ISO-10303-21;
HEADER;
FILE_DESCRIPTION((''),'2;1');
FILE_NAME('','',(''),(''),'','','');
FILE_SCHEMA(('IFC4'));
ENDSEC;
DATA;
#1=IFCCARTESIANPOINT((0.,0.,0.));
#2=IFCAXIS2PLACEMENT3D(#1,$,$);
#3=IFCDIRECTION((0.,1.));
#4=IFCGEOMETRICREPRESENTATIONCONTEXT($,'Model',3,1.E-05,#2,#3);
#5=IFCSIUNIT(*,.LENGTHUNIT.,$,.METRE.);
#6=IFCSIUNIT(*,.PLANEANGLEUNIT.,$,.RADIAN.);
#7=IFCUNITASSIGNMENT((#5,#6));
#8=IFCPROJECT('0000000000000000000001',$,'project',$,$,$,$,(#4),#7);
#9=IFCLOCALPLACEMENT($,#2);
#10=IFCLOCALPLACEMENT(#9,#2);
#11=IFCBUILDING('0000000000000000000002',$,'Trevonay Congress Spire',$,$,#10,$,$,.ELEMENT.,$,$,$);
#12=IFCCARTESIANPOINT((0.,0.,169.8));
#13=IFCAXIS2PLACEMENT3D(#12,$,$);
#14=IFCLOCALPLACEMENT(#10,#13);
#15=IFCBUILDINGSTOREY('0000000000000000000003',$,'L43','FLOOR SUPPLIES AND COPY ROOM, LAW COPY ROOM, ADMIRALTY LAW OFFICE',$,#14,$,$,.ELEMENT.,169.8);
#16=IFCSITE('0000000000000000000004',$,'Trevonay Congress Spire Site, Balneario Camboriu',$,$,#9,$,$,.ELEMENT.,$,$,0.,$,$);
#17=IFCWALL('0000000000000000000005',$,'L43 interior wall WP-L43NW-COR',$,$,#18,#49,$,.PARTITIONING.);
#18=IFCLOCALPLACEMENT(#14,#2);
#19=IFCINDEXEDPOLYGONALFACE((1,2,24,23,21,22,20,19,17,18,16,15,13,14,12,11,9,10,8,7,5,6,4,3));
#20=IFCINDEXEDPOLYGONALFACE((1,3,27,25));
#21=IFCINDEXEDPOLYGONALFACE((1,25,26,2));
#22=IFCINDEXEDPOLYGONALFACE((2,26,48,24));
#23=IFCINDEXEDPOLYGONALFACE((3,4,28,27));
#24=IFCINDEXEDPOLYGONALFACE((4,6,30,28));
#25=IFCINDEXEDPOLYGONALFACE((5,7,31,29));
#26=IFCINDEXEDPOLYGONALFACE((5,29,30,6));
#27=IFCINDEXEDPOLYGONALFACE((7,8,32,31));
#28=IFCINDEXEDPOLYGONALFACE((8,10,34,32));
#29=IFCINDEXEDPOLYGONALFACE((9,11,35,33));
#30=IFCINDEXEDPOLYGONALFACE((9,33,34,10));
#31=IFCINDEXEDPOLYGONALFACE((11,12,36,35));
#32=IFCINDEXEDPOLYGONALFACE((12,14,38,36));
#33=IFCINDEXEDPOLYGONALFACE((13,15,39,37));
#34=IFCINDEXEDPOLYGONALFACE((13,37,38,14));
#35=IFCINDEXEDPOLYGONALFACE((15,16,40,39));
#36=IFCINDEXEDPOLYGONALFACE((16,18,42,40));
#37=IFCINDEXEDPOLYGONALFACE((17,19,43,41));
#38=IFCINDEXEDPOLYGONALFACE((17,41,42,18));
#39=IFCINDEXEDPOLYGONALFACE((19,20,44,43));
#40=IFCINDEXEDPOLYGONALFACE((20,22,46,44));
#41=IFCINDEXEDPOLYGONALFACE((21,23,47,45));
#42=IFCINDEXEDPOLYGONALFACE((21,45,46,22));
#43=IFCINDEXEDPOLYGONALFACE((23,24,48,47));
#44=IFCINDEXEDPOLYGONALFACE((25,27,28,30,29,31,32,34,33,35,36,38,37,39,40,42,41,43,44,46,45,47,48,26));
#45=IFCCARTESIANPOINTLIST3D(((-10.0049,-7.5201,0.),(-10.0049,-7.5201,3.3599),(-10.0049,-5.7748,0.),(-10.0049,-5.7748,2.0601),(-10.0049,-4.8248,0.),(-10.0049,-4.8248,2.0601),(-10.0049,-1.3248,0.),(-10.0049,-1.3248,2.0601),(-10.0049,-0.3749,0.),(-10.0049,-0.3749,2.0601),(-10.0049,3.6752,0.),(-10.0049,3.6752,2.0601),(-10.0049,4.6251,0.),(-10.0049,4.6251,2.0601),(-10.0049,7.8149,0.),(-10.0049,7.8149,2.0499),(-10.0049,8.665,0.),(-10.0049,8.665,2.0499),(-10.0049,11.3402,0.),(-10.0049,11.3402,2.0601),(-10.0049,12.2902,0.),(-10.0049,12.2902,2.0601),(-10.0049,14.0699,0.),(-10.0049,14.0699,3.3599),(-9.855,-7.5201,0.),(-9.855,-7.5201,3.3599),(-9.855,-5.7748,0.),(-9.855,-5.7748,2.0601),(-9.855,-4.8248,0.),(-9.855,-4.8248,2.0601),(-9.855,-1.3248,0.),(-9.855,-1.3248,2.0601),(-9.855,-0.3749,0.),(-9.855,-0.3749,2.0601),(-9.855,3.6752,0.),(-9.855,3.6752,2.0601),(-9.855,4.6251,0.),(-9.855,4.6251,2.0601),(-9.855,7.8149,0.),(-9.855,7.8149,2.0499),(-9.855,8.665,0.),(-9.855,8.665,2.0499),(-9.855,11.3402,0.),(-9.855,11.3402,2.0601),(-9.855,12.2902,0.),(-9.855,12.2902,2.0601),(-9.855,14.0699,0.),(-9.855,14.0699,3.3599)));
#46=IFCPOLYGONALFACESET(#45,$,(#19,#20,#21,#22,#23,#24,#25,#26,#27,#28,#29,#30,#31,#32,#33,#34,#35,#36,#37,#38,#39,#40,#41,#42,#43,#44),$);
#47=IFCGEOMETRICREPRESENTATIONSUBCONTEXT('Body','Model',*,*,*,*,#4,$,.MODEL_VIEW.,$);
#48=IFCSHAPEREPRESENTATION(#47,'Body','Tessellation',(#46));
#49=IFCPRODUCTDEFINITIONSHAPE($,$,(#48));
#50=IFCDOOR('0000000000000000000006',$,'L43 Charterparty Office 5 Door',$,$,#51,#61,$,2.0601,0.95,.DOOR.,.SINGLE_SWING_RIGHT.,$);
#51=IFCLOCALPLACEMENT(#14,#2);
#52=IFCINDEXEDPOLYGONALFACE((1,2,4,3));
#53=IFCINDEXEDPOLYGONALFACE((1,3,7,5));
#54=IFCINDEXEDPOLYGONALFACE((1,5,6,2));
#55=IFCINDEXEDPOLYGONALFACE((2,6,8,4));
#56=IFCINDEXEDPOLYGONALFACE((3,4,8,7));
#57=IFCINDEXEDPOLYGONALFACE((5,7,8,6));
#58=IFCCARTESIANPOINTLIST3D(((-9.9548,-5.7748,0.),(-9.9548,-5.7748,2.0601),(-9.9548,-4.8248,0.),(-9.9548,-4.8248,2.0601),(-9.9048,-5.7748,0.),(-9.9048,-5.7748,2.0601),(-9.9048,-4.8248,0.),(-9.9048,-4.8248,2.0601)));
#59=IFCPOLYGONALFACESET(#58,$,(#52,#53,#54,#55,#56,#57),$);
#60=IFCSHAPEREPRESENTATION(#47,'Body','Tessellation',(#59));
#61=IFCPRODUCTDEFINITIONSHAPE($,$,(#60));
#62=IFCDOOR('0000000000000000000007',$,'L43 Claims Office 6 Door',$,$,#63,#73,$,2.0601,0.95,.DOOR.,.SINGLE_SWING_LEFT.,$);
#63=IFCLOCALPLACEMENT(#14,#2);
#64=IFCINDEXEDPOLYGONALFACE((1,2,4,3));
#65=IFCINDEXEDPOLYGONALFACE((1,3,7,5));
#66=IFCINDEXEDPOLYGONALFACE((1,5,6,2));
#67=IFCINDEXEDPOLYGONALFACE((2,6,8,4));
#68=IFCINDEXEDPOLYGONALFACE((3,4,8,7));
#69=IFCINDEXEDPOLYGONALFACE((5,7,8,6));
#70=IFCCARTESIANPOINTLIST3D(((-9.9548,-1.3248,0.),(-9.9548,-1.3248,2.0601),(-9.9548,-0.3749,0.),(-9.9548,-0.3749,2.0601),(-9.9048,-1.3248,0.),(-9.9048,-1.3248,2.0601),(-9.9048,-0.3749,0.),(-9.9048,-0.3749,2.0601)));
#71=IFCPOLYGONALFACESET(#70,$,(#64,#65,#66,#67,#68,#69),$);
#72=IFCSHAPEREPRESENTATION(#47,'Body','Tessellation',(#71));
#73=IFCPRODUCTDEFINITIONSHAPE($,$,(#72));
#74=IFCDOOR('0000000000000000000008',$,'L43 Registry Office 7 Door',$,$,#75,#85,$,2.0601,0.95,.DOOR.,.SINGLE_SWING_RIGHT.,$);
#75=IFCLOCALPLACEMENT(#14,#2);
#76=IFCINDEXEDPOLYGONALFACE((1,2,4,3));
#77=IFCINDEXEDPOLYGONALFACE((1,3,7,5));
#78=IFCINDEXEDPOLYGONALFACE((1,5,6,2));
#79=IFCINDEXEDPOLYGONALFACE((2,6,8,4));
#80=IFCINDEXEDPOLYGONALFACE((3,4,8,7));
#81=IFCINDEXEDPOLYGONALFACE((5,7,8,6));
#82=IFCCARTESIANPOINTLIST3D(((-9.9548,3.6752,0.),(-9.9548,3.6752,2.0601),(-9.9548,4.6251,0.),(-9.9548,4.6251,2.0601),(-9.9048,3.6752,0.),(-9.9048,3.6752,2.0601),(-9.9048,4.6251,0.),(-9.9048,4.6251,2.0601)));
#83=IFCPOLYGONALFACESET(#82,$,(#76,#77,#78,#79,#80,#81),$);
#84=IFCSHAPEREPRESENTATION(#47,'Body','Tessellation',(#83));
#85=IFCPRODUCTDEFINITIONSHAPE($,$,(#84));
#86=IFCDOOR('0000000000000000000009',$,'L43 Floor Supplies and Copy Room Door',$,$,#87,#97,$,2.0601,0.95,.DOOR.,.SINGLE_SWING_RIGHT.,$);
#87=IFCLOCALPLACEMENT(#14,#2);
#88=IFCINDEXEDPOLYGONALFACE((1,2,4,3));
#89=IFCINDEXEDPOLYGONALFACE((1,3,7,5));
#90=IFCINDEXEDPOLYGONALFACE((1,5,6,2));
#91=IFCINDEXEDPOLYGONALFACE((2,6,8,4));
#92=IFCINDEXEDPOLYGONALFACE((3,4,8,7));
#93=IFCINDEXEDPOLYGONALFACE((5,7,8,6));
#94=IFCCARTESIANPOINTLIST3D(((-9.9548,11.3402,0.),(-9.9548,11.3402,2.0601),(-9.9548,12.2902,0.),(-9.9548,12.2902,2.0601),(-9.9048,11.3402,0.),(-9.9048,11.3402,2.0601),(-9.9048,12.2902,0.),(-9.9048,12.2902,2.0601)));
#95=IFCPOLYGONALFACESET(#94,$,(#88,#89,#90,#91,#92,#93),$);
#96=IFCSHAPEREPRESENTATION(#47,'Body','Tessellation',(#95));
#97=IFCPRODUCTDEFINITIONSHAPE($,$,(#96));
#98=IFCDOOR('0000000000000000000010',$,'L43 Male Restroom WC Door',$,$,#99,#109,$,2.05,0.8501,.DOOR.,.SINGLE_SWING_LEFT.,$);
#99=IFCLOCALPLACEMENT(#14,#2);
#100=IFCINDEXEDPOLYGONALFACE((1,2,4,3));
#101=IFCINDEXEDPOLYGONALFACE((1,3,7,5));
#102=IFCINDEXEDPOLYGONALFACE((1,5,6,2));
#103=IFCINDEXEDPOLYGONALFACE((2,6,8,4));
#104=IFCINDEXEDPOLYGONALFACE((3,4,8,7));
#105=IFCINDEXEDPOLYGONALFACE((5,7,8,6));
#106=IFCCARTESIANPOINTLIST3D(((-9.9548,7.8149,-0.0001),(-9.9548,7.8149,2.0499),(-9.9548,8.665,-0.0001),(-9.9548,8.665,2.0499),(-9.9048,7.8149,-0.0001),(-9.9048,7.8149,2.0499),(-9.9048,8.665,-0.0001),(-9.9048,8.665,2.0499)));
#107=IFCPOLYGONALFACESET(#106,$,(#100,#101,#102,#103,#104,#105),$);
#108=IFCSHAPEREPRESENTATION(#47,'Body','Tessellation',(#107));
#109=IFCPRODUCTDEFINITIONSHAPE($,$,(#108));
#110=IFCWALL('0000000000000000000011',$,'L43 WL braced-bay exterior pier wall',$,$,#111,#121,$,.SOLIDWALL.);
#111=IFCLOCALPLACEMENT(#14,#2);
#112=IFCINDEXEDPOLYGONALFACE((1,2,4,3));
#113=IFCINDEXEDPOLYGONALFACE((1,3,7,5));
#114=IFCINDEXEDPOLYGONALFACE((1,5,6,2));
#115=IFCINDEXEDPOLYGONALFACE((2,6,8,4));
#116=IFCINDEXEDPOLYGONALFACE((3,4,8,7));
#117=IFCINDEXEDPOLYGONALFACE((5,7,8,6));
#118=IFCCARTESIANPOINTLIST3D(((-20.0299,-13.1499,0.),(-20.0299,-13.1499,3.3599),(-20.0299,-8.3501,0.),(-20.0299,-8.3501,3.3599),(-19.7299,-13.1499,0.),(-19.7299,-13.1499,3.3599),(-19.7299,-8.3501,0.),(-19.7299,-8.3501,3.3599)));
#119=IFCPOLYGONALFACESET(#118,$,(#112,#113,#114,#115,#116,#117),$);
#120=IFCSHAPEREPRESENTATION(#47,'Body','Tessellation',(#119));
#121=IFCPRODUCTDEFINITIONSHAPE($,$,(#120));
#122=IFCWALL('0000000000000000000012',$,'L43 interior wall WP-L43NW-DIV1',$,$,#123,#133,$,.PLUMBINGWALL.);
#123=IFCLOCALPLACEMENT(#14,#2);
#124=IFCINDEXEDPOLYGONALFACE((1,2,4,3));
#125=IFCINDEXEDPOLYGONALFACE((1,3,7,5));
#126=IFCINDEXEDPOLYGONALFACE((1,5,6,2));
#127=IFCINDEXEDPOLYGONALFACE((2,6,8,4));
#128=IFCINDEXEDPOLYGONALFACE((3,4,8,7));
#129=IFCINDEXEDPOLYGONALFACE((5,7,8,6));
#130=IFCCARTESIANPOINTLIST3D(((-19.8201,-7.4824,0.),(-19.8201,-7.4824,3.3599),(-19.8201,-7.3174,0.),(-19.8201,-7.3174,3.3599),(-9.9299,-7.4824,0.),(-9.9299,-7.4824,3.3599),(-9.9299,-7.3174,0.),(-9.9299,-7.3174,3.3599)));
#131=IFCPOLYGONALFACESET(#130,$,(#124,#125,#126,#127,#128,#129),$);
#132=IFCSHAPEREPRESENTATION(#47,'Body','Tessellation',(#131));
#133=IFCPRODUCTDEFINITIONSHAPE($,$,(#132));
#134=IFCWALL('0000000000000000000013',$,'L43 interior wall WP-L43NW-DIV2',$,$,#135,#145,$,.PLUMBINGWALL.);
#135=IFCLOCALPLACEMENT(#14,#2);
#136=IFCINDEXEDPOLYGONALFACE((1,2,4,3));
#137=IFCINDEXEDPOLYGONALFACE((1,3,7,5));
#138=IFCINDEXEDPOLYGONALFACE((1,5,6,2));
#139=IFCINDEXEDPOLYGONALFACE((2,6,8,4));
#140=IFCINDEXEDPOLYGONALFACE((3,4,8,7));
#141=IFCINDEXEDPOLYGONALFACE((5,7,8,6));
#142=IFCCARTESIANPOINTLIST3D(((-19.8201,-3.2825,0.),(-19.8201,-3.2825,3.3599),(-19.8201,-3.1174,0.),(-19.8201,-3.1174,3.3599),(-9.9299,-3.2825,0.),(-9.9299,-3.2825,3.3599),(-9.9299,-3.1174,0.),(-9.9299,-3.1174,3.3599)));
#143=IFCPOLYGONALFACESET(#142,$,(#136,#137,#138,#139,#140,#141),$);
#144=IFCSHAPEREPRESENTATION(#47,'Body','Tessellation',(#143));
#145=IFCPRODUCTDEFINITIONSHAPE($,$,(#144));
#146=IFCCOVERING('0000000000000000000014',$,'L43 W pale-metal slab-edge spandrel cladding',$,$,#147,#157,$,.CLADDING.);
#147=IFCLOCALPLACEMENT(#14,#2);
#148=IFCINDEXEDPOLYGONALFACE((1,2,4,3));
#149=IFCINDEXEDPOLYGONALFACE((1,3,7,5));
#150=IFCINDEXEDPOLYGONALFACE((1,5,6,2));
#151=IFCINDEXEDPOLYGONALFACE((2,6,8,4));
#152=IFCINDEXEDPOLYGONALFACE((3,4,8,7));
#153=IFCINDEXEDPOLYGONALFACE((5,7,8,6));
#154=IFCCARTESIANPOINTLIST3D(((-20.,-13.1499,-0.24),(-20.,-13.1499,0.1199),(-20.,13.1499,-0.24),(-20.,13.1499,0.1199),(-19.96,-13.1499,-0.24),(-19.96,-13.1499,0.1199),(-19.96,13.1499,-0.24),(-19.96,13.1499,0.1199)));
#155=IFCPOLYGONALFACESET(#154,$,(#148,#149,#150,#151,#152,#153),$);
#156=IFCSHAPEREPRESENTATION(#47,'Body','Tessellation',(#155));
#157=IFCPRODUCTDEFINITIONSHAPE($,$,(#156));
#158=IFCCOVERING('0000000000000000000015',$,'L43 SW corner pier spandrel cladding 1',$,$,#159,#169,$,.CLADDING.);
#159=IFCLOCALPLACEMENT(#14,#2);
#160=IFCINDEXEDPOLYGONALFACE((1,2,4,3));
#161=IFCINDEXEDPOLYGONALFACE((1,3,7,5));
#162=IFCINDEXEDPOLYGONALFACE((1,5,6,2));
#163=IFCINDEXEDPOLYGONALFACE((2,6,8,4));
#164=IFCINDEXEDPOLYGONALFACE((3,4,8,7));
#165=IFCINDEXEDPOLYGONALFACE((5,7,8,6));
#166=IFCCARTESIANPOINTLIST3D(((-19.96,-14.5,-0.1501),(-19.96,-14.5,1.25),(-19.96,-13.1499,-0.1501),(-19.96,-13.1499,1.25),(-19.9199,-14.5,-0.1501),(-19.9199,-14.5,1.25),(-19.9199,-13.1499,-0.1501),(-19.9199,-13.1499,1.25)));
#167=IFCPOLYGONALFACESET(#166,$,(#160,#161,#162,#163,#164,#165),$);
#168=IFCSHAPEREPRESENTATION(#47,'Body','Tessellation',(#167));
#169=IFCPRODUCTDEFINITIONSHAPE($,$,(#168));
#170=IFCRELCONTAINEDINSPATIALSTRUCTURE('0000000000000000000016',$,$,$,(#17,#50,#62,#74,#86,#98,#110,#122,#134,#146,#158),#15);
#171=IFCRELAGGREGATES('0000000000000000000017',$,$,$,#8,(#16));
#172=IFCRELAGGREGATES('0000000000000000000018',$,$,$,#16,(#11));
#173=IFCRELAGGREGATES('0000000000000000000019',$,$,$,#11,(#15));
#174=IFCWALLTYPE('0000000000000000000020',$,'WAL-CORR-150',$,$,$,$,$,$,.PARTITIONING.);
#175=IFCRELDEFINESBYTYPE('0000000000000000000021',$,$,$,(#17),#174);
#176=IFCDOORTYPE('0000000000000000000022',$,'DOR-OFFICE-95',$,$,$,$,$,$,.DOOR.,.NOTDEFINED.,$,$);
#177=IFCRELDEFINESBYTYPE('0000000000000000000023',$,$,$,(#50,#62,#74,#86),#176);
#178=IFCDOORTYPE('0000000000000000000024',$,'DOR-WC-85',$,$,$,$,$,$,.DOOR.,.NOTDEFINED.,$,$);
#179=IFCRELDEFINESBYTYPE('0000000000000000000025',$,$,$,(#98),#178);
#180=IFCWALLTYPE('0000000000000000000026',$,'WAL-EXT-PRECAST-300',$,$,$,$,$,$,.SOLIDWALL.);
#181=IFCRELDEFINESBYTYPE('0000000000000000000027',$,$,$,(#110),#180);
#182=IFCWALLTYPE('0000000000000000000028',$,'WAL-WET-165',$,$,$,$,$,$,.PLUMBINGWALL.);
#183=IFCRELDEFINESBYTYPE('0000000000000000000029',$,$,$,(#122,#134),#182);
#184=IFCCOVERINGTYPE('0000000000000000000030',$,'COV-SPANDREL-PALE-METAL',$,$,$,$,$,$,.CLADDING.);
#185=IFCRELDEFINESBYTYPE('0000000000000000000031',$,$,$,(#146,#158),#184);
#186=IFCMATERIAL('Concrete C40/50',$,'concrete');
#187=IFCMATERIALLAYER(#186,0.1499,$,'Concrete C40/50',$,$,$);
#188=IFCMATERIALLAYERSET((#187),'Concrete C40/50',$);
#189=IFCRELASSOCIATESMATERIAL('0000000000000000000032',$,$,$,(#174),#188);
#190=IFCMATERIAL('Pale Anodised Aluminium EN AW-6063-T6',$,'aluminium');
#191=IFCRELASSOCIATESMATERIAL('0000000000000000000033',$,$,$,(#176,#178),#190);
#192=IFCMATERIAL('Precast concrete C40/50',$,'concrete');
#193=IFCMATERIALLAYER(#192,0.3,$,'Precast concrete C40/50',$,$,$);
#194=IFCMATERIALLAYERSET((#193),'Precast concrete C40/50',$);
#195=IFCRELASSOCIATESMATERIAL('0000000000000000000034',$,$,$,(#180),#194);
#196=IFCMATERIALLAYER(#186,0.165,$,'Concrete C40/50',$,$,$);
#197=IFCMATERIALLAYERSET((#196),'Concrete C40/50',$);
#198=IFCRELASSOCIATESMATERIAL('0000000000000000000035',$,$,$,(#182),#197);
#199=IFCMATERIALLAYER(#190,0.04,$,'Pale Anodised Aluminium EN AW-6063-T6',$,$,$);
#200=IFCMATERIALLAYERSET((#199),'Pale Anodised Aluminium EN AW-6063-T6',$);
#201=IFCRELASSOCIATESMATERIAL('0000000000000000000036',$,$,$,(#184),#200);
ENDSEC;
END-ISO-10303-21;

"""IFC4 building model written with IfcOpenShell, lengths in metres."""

from ifc_helpers import new_model, si_unit, direction, frame, frame_2d, origin, place, context, subcontext, project, spatial, rectangle, extrude, material, layer, layer_set, type_object, element, fill, save


model = new_model("IFC4")

# Units and contexts
model_context = context("Model", 3, precision=1e-05, world=origin(), true_north=direction((0.0, 1.0)))
body_context = subcontext(model_context, "Body", "Model", "MODEL_VIEW")
ifc_project = project(units=[si_unit("LENGTHUNIT", "METRE"), si_unit("PLANEANGLEUNIT", "RADIAN")], contexts=[model_context])

# Site, building, storey
site_placement = place(None, origin())
site = spatial("IfcSite", under=ifc_project, at=site_placement, Name="Trevonay Congress Spire Site, Balneario Camboriu", CompositionType="ELEMENT", RefElevation=0.0)
building_placement = place(site_placement, origin())
building = spatial("IfcBuilding", under=site, at=building_placement, Name="Trevonay Congress Spire", CompositionType="ELEMENT")
storey_placement = place(building_placement, frame((0.0, 0.0, 169.8)))
storey = spatial("IfcBuildingStorey", under=building, at=storey_placement, Name="L43", Description="FLOOR SUPPLIES AND COPY ROOM, LAW COPY ROOM, ADMIRALTY LAW OFFICE", CompositionType="ELEMENT", Elevation=169.8)

# Shared definitions
ifc_material_1 = material(Name="Pale Anodised Aluminium EN AW-6063-T6", Category="aluminium")

# Shared definitions
ifc_material_2 = material(Name="Concrete C40/50", Category="concrete")
ifc_layer_1 = layer(ifc_material_2, 0.1499, Name="Concrete C40/50")
ifc_layer_set_1 = layer_set([ifc_layer_1], Name="Concrete C40/50")
wall_type_1 = type_object("IfcWallType", Name="WAL-CORR-150", PredefinedType="PARTITIONING", material=ifc_layer_set_1)
door_type_1 = type_object("IfcDoorType", Name="DOR-OFFICE-95", OperationType="NOTDEFINED", PredefinedType="DOOR", material=ifc_material_1)

# Wall, openings, doors
wall_1_placement = place(storey_placement, frame((-9.9299, -7.52, 0.0), z_axis=(0.0, 0.0, 1.0), x_axis=(0.0, 1.0, 0.0)))
wall_1 = element("IfcWall", 1, at=wall_1_placement, inside=storey, type_object=wall_type_1, Name="L43 interior wall WP-L43NW-COR", PredefinedType="PARTITIONING", context=body_context, shape_type="SweptSolid", body=[
    extrude(rectangle(XDim=21.5901, YDim=0.1499, at=frame_2d((10.7949, 0.0))), origin(), (0.0, 0.0, 1.0), 3.3599),
])
opening_1_placement = place(wall_1_placement, frame((1.7451, 0.0, 0.0)))
opening_1 = element("IfcOpeningElement", 2, at=opening_1_placement, cuts=wall_1, PredefinedType="OPENING", context=body_context, shape_type="SweptSolid", body=[
    extrude(rectangle(XDim=0.95, YDim=2.0601, at=frame_2d((0.4751, 1.03))), frame((0.0, 0.085, 0.0), z_axis=(0.0, -1.0, 0.0), x_axis=(1.0, 0.0, 0.0)), (0.0, 0.0, 1.0), 0.1699),
])
opening_2_placement = place(wall_1_placement, frame((6.1951, 0.0, 0.0)))
opening_2 = element("IfcOpeningElement", 3, at=opening_2_placement, cuts=wall_1, PredefinedType="OPENING", context=body_context, shape_type="SweptSolid", body=[
    extrude(rectangle(XDim=0.95, YDim=2.0601, at=frame_2d((0.4751, 1.03))), frame((0.0, 0.085, 0.0), z_axis=(0.0, -1.0, 0.0), x_axis=(1.0, 0.0, 0.0)), (0.0, 0.0, 1.0), 0.1699),
])
opening_3_placement = place(wall_1_placement, frame((11.1951, 0.0, 0.0)))
opening_3 = element("IfcOpeningElement", 4, at=opening_3_placement, cuts=wall_1, PredefinedType="OPENING", context=body_context, shape_type="SweptSolid", body=[
    extrude(rectangle(XDim=0.95, YDim=2.0601, at=frame_2d((0.4751, 1.03))), frame((0.0, 0.085, 0.0), z_axis=(0.0, -1.0, 0.0), x_axis=(1.0, 0.0, 0.0)), (0.0, 0.0, 1.0), 0.1699),
])
opening_4_placement = place(wall_1_placement, frame((15.335, 0.0, 0.0)))
opening_4 = element("IfcOpeningElement", 5, at=opening_4_placement, cuts=wall_1, PredefinedType="OPENING", context=body_context, shape_type="SweptSolid", body=[
    extrude(rectangle(XDim=0.8501, YDim=2.05, at=frame_2d((0.425, 1.0249))), frame((0.0, 0.085, 0.0), z_axis=(0.0, -1.0, 0.0), x_axis=(1.0, 0.0, 0.0)), (0.0, 0.0, 1.0), 0.1699),
])
opening_5_placement = place(wall_1_placement, frame((18.8601, 0.0, 0.0)))
opening_5 = element("IfcOpeningElement", 6, at=opening_5_placement, cuts=wall_1, PredefinedType="OPENING", context=body_context, shape_type="SweptSolid", body=[
    extrude(rectangle(XDim=0.95, YDim=2.0601, at=frame_2d((0.4751, 1.03))), frame((0.0, 0.085, 0.0), z_axis=(0.0, -1.0, 0.0), x_axis=(1.0, 0.0, 0.0)), (0.0, 0.0, 1.0), 0.1699),
])
door_1_placement = place(opening_1_placement, origin())
door_1 = element("IfcDoor", 7, at=door_1_placement, inside=storey, type_object=door_type_1, Name="L43 Charterparty Office 5 Door", OperationType="SINGLE_SWING_RIGHT", OverallHeight=2.0601, OverallWidth=0.95, PredefinedType="DOOR", context=body_context, shape_type="SweptSolid", body=[
    extrude(rectangle(XDim=0.95, YDim=2.0601, at=frame_2d((0.4751, 1.03))), frame((0.0, 0.0249, 0.0), z_axis=(0.0, -1.0, 0.0), x_axis=(1.0, 0.0, 0.0)), (0.0, 0.0, 1.0), 0.05),
])
fill(opening_1, door_1)
door_2_placement = place(opening_2_placement, origin())
door_2 = element("IfcDoor", 8, at=door_2_placement, inside=storey, type_object=door_type_1, Name="L43 Claims Office 6 Door", OperationType="SINGLE_SWING_LEFT", OverallHeight=2.0601, OverallWidth=0.95, PredefinedType="DOOR", context=body_context, shape_type="SweptSolid", body=[
    extrude(rectangle(XDim=0.95, YDim=2.0601, at=frame_2d((0.4751, 1.03))), frame((0.0, 0.0249, 0.0), z_axis=(0.0, -1.0, 0.0), x_axis=(1.0, 0.0, 0.0)), (0.0, 0.0, 1.0), 0.05),
])
fill(opening_2, door_2)
door_3_placement = place(opening_3_placement, origin())
door_3 = element("IfcDoor", 9, at=door_3_placement, inside=storey, type_object=door_type_1, Name="L43 Registry Office 7 Door", OperationType="SINGLE_SWING_RIGHT", OverallHeight=2.0601, OverallWidth=0.95, PredefinedType="DOOR", context=body_context, shape_type="SweptSolid", body=[
    extrude(rectangle(XDim=0.95, YDim=2.0601, at=frame_2d((0.4751, 1.03))), frame((0.0, 0.0249, 0.0), z_axis=(0.0, -1.0, 0.0), x_axis=(1.0, 0.0, 0.0)), (0.0, 0.0, 1.0), 0.05),
])
fill(opening_3, door_3)
door_4_placement = place(opening_5_placement, origin())
door_4 = element("IfcDoor", 10, at=door_4_placement, inside=storey, type_object=door_type_1, Name="L43 Floor Supplies and Copy Room Door", OperationType="SINGLE_SWING_RIGHT", OverallHeight=2.0601, OverallWidth=0.95, PredefinedType="DOOR", context=body_context, shape_type="SweptSolid", body=[
    extrude(rectangle(XDim=0.95, YDim=2.0601, at=frame_2d((0.4751, 1.03))), frame((0.0, 0.0249, 0.0), z_axis=(0.0, -1.0, 0.0), x_axis=(1.0, 0.0, 0.0)), (0.0, 0.0, 1.0), 0.05),
])
fill(opening_5, door_4)
door_type_2 = type_object("IfcDoorType", Name="DOR-WC-85", OperationType="NOTDEFINED", PredefinedType="DOOR", material=ifc_material_1)
door_5_placement = place(opening_4_placement, origin())
door_5 = element("IfcDoor", 11, at=door_5_placement, inside=storey, type_object=door_type_2, Name="L43 Male Restroom WC Door", OperationType="SINGLE_SWING_LEFT", OverallHeight=2.05, OverallWidth=0.8501, PredefinedType="DOOR", context=body_context, shape_type="SweptSolid", body=[
    extrude(rectangle(XDim=0.8501, YDim=2.05, at=frame_2d((0.425, 1.0249))), frame((0.0, 0.0249, 0.0), z_axis=(0.0, -1.0, 0.0), x_axis=(1.0, 0.0, 0.0)), (0.0, 0.0, 1.0), 0.05),
])
fill(opening_4, door_5)

# Walls
ifc_material_3 = material(Name="Precast concrete C40/50", Category="concrete")
ifc_layer_2 = layer(ifc_material_3, 0.3, Name="Precast concrete C40/50")
ifc_layer_set_2 = layer_set([ifc_layer_2], Name="Precast concrete C40/50")
wall_type_2 = type_object("IfcWallType", Name="WAL-EXT-PRECAST-300", PredefinedType="SOLIDWALL", material=ifc_layer_set_2)
wall_2_placement = place(storey_placement, frame((-19.8799, -13.1499, 0.0), z_axis=(0.0, 0.0, 1.0), x_axis=(0.0, 1.0, 0.0)))
element("IfcWall", 12, at=wall_2_placement, inside=storey, type_object=wall_type_2, Name="L43 WL braced-bay exterior pier wall", PredefinedType="SOLIDWALL", context=body_context, shape_type="SweptSolid", body=[
    extrude(rectangle(XDim=4.7998, YDim=0.3, at=frame_2d((2.3999, 0.0))), origin(), (0.0, 0.0, 1.0), 3.3599),
])
ifc_layer_3 = layer(ifc_material_2, 0.165, Name="Concrete C40/50")
ifc_layer_set_3 = layer_set([ifc_layer_3], Name="Concrete C40/50")
wall_type_3 = type_object("IfcWallType", Name="WAL-WET-165", PredefinedType="PLUMBINGWALL", material=ifc_layer_set_3)
for number, where, z_axis, x_axis, name in (
    (13, (-19.8201, -7.3999, 0.0), (0.0, 0.0, 1.0), (1.0, 0.0, 0.0), "L43 interior wall WP-L43NW-DIV1"),
    (14, (-19.8201, -3.2, 0.0), (0.0, 0.0, 1.0), (1.0, 0.0, 0.0), "L43 interior wall WP-L43NW-DIV2"),
):
    element("IfcWall", number, at=place(storey_placement, frame(where, z_axis=z_axis, x_axis=x_axis)), inside=storey, type_object=wall_type_3, Name=name, PredefinedType="PLUMBINGWALL", context=body_context, shape_type="SweptSolid", body=[
        extrude(rectangle(XDim=9.8901, YDim=0.165, at=frame_2d((4.9451, 0.0))), origin(), (0.0, 0.0, 1.0), 3.3599),
    ])

# Coverings
ifc_layer_4 = layer(ifc_material_1, 0.04, Name="Pale Anodised Aluminium EN AW-6063-T6")
ifc_layer_set_4 = layer_set([ifc_layer_4], Name="Pale Anodised Aluminium EN AW-6063-T6")
covering_type = type_object("IfcCoveringType", Name="COV-SPANDREL-PALE-METAL", PredefinedType="CLADDING", material=ifc_layer_set_4)
covering_1_placement = place(storey_placement, frame((-19.98, -13.1499, -0.24), z_axis=(0.0, 0.0, 1.0), x_axis=(0.0, 1.0, 0.0)))
element("IfcCovering", 15, at=covering_1_placement, inside=storey, type_object=covering_type, Name="L43 W pale-metal slab-edge spandrel cladding", PredefinedType="CLADDING", context=body_context, shape_type="SweptSolid", body=[
    extrude(rectangle(XDim=26.2998, YDim=0.04, at=frame_2d((13.1499, 0.0))), origin(), (0.0, 0.0, 1.0), 0.3599),
])
covering_2_placement = place(storey_placement, frame((-19.9399, -13.1499, -0.1501), z_axis=(0.0, 0.0, 1.0), x_axis=(0.0, -1.0, 0.0)))
element("IfcCovering", 16, at=covering_2_placement, inside=storey, type_object=covering_type, Name="L43 SW corner pier spandrel cladding 1", PredefinedType="CLADDING", context=body_context, shape_type="SweptSolid", body=[
    extrude(rectangle(XDim=1.3501, YDim=0.04, at=frame_2d((0.675, 0.0))), origin(), (0.0, 0.0, 1.0), 1.4001),
])

save(model, "model.ifc")
